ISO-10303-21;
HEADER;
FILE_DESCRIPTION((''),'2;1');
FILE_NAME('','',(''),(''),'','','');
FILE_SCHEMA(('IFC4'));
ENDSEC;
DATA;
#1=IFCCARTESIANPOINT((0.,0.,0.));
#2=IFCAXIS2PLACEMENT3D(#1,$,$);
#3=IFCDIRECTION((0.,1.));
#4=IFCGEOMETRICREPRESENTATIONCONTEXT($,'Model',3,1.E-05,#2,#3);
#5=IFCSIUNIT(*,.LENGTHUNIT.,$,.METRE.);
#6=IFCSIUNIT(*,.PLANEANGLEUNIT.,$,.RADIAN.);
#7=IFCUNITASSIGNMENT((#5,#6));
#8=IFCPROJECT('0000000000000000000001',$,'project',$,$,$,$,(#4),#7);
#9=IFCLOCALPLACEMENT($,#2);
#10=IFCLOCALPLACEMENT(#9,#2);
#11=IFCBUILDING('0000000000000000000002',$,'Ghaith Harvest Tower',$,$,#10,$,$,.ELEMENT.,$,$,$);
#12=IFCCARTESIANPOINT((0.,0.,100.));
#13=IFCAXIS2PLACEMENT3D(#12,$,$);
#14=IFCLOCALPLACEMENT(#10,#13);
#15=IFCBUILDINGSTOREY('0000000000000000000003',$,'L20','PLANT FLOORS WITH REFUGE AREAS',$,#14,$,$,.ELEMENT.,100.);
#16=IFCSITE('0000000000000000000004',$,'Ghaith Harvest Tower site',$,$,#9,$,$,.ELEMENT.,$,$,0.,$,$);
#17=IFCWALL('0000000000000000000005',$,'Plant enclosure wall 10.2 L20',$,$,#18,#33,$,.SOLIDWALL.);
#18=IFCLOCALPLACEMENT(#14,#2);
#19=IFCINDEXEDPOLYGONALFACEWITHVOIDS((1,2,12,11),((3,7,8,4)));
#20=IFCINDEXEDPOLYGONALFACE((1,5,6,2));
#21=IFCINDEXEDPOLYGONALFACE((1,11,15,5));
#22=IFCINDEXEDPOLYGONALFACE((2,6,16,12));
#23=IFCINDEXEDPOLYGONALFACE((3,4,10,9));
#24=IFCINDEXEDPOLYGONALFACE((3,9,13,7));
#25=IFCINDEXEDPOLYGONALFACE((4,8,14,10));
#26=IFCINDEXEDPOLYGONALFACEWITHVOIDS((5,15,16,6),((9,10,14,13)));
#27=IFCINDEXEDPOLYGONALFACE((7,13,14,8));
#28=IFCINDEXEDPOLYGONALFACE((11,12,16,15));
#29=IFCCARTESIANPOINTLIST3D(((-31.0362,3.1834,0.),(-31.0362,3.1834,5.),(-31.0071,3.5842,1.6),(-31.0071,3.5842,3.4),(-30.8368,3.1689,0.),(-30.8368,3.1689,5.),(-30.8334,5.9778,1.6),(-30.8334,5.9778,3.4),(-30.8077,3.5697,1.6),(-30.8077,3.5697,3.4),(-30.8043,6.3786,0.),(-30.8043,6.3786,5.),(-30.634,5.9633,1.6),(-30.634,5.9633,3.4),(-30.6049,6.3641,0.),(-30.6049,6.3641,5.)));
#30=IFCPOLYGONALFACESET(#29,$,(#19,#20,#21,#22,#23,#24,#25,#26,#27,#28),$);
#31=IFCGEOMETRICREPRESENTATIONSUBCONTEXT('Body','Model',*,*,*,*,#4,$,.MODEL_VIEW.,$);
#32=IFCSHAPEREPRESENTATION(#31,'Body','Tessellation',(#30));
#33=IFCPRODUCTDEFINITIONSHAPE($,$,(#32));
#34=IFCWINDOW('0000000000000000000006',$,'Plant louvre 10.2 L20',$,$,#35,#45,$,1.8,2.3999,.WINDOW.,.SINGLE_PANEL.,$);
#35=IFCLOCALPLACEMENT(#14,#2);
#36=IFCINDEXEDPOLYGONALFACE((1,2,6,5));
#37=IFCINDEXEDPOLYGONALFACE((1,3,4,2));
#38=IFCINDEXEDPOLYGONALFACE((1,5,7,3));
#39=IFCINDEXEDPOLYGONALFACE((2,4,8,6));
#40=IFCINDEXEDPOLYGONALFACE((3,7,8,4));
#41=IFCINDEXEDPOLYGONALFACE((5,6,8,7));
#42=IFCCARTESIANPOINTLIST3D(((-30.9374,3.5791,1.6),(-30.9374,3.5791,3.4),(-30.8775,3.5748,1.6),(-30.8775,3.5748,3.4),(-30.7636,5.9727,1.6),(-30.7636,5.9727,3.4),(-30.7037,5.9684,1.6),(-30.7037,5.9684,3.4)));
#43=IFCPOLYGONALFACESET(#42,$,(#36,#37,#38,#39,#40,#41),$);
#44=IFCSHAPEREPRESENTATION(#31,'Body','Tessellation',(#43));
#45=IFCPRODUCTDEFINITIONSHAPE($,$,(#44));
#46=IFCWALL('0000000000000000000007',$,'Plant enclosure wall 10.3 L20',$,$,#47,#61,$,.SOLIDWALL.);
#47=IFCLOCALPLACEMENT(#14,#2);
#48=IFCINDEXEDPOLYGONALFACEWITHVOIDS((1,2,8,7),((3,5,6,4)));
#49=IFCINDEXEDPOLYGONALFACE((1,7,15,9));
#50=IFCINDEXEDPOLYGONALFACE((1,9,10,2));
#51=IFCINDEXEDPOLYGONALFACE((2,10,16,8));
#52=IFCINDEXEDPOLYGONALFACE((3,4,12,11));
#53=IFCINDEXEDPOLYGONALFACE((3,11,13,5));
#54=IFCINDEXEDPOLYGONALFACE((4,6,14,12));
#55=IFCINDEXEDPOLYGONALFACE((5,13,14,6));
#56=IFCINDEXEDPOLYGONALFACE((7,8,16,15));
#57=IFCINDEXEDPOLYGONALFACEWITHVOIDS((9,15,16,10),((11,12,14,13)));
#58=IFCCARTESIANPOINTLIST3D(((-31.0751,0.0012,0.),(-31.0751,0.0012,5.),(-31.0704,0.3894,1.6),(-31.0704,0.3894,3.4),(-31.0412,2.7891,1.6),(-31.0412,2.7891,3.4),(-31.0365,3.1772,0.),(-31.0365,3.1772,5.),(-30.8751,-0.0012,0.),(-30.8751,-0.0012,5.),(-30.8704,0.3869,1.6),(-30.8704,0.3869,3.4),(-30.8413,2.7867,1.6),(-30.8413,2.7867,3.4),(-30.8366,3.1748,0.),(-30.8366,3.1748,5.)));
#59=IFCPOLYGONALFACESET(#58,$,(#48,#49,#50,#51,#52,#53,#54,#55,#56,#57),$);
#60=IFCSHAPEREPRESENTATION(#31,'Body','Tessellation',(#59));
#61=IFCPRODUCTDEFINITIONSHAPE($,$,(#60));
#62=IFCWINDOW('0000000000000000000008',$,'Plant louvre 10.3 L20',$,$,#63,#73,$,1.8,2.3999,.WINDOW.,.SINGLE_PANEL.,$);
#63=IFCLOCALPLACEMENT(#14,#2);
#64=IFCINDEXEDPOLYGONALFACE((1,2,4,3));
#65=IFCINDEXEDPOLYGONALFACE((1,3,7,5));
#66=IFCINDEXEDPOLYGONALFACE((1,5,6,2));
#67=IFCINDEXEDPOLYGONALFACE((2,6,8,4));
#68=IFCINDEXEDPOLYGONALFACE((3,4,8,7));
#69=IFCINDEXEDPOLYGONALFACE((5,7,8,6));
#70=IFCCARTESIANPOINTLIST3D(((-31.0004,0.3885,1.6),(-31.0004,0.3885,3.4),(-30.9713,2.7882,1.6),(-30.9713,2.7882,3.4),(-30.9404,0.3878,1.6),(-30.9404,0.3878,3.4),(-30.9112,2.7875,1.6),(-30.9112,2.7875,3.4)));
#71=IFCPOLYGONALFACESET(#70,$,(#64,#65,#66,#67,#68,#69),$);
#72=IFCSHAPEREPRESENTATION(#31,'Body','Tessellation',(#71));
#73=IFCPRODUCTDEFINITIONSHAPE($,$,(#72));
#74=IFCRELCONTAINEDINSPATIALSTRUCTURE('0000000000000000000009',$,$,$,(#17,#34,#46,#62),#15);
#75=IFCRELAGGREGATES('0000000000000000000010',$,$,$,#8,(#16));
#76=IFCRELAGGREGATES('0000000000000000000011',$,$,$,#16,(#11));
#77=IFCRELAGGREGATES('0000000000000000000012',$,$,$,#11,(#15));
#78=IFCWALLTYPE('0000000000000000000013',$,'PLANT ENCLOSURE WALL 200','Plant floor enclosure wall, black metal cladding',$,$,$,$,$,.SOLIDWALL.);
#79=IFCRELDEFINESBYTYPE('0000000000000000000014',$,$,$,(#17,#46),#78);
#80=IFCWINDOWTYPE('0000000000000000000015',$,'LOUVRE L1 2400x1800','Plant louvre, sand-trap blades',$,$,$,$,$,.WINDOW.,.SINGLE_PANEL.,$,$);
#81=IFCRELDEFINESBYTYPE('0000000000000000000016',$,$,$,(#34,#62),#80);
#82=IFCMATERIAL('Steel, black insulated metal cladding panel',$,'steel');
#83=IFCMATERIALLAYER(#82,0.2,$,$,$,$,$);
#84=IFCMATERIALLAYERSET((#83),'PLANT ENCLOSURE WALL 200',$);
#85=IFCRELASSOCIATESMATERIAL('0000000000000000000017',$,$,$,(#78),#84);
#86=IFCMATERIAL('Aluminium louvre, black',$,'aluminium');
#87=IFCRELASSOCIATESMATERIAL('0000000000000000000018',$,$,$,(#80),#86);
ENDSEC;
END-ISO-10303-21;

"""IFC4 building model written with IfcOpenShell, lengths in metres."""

from ifc_helpers import new_model, si_unit, direction, frame, frame_2d, origin, place, context, subcontext, project, spatial, rectangle, extrude, material, layer, layer_set, type_object, element, fill, save


model = new_model("IFC4")

# Units and contexts
model_context = context("Model", 3, precision=1e-05, world=origin(), true_north=direction((0.0, 1.0)))
body_context = subcontext(model_context, "Body", "Model", "MODEL_VIEW")
ifc_project = project(units=[si_unit("LENGTHUNIT", "METRE"), si_unit("PLANEANGLEUNIT", "RADIAN")], contexts=[model_context])

# Site, building, storey
site_placement = place(None, origin())
site = spatial("IfcSite", under=ifc_project, at=site_placement, Name="Ghaith Harvest Tower site", CompositionType="ELEMENT", RefElevation=0.0)
building_placement = place(site_placement, origin())
building = spatial("IfcBuilding", under=site, at=building_placement, Name="Ghaith Harvest Tower", CompositionType="ELEMENT")
storey_placement = place(building_placement, frame((0.0, 0.0, 100.0)))
storey = spatial("IfcBuildingStorey", under=building, at=storey_placement, Name="L20", Description="PLANT FLOORS WITH REFUGE AREAS", CompositionType="ELEMENT", Elevation=100.0)

# Walls, openings, windows
ifc_material_1 = material(Name="Steel, black insulated metal cladding panel", Category="steel")
ifc_layer_1 = layer(ifc_material_1, 0.2)
ifc_layer_set_1 = layer_set([ifc_layer_1], Name="PLANT ENCLOSURE WALL 200")
wall_type_1 = type_object("IfcWallType", Name="PLANT ENCLOSURE WALL 200", Description="Plant floor enclosure wall, black metal cladding", PredefinedType="SOLIDWALL", material=ifc_layer_set_1)
wall_1_placement = place(storey_placement, frame((-30.7046, 6.3713, 0.0), z_axis=(0.0, 0.0, 1.0), x_axis=(-0.072395, -0.997376, 0.0)))
wall_1 = element("IfcWall", 1, at=wall_1_placement, inside=storey, type_object=wall_type_1, Name="Plant enclosure wall 10.2 L20", PredefinedType="SOLIDWALL", context=body_context, shape_type="SweptSolid", body=[
    extrude(rectangle(XDim=3.2036, YDim=0.2, at=frame_2d((1.6018, 0.0))), origin(), (0.0, 0.0, 1.0), 5.0),
])
opening_1_placement = place(wall_1_placement, frame((0.4019, 0.0, 1.6001)))
opening_1 = element("IfcOpeningElement", 2, at=opening_1_placement, cuts=wall_1, PredefinedType="OPENING", context=body_context, shape_type="SweptSolid", body=[
    extrude(rectangle(XDim=2.3999, YDim=1.8, at=frame_2d((1.2, 0.8999))), frame((0.0, 0.1099, 0.0), z_axis=(0.0, -1.0, 0.0), x_axis=(1.0, 0.0, 0.0)), (0.0, 0.0, 1.0), 0.22),
])
ifc_material_2 = material(Name="Aluminium louvre, black", Category="aluminium")
window_type = type_object("IfcWindowType", Name="LOUVRE L1 2400x1800", Description="Plant louvre, sand-trap blades", PartitioningType="SINGLE_PANEL", PredefinedType="WINDOW", material=ifc_material_2)
window_1_placement = place(opening_1_placement, origin())
window_1 = element("IfcWindow", 3, at=window_1_placement, inside=storey, type_object=window_type, Name="Plant louvre 10.2 L20", OverallHeight=1.8, OverallWidth=2.3999, PartitioningType="SINGLE_PANEL", PredefinedType="WINDOW", context=body_context, shape_type="SweptSolid", body=[
    extrude(rectangle(XDim=2.3999, YDim=1.8, at=frame_2d((1.2, 0.8999))), frame((0.0, 0.03, 0.0), z_axis=(0.0, -1.0, 0.0), x_axis=(1.0, 0.0, 0.0)), (0.0, 0.0, 1.0), 0.0601),
])
fill(opening_1, window_1)
wall_2_placement = place(storey_placement, frame((-30.9365, 3.176, 0.0), z_axis=(0.0, 0.0, 1.0), x_axis=(-0.012145, -0.999926, 0.0)))
wall_2 = element("IfcWall", 4, at=wall_2_placement, inside=storey, type_object=wall_type_1, Name="Plant enclosure wall 10.3 L20", PredefinedType="SOLIDWALL", context=body_context, shape_type="SweptSolid", body=[
    extrude(rectangle(XDim=3.1763, YDim=0.2, at=frame_2d((1.5881, 0.0))), origin(), (0.0, 0.0, 1.0), 5.0),
])
opening_2_placement = place(wall_2_placement, frame((0.3882, 0.0, 1.6001)))
opening_2 = element("IfcOpeningElement", 5, at=opening_2_placement, cuts=wall_2, PredefinedType="OPENING", context=body_context, shape_type="SweptSolid", body=[
    extrude(rectangle(XDim=2.3999, YDim=1.8, at=frame_2d((1.2, 0.8999))), frame((0.0, 0.1099, 0.0), z_axis=(0.0, -1.0, 0.0), x_axis=(1.0, 0.0, 0.0)), (0.0, 0.0, 1.0), 0.22),
])
window_2_placement = place(opening_2_placement, origin())
window_2 = element("IfcWindow", 6, at=window_2_placement, inside=storey, type_object=window_type, Name="Plant louvre 10.3 L20", OverallHeight=1.8, OverallWidth=2.3999, PartitioningType="SINGLE_PANEL", PredefinedType="WINDOW", context=body_context, shape_type="SweptSolid", body=[
    extrude(rectangle(XDim=2.3999, YDim=1.8, at=frame_2d((1.2, 0.8999))), frame((0.0, 0.03, 0.0), z_axis=(0.0, -1.0, 0.0), x_axis=(1.0, 0.0, 0.0)), (0.0, 0.0, 1.0), 0.0601),
])
fill(opening_2, window_2)

save(model, "model.ifc")
